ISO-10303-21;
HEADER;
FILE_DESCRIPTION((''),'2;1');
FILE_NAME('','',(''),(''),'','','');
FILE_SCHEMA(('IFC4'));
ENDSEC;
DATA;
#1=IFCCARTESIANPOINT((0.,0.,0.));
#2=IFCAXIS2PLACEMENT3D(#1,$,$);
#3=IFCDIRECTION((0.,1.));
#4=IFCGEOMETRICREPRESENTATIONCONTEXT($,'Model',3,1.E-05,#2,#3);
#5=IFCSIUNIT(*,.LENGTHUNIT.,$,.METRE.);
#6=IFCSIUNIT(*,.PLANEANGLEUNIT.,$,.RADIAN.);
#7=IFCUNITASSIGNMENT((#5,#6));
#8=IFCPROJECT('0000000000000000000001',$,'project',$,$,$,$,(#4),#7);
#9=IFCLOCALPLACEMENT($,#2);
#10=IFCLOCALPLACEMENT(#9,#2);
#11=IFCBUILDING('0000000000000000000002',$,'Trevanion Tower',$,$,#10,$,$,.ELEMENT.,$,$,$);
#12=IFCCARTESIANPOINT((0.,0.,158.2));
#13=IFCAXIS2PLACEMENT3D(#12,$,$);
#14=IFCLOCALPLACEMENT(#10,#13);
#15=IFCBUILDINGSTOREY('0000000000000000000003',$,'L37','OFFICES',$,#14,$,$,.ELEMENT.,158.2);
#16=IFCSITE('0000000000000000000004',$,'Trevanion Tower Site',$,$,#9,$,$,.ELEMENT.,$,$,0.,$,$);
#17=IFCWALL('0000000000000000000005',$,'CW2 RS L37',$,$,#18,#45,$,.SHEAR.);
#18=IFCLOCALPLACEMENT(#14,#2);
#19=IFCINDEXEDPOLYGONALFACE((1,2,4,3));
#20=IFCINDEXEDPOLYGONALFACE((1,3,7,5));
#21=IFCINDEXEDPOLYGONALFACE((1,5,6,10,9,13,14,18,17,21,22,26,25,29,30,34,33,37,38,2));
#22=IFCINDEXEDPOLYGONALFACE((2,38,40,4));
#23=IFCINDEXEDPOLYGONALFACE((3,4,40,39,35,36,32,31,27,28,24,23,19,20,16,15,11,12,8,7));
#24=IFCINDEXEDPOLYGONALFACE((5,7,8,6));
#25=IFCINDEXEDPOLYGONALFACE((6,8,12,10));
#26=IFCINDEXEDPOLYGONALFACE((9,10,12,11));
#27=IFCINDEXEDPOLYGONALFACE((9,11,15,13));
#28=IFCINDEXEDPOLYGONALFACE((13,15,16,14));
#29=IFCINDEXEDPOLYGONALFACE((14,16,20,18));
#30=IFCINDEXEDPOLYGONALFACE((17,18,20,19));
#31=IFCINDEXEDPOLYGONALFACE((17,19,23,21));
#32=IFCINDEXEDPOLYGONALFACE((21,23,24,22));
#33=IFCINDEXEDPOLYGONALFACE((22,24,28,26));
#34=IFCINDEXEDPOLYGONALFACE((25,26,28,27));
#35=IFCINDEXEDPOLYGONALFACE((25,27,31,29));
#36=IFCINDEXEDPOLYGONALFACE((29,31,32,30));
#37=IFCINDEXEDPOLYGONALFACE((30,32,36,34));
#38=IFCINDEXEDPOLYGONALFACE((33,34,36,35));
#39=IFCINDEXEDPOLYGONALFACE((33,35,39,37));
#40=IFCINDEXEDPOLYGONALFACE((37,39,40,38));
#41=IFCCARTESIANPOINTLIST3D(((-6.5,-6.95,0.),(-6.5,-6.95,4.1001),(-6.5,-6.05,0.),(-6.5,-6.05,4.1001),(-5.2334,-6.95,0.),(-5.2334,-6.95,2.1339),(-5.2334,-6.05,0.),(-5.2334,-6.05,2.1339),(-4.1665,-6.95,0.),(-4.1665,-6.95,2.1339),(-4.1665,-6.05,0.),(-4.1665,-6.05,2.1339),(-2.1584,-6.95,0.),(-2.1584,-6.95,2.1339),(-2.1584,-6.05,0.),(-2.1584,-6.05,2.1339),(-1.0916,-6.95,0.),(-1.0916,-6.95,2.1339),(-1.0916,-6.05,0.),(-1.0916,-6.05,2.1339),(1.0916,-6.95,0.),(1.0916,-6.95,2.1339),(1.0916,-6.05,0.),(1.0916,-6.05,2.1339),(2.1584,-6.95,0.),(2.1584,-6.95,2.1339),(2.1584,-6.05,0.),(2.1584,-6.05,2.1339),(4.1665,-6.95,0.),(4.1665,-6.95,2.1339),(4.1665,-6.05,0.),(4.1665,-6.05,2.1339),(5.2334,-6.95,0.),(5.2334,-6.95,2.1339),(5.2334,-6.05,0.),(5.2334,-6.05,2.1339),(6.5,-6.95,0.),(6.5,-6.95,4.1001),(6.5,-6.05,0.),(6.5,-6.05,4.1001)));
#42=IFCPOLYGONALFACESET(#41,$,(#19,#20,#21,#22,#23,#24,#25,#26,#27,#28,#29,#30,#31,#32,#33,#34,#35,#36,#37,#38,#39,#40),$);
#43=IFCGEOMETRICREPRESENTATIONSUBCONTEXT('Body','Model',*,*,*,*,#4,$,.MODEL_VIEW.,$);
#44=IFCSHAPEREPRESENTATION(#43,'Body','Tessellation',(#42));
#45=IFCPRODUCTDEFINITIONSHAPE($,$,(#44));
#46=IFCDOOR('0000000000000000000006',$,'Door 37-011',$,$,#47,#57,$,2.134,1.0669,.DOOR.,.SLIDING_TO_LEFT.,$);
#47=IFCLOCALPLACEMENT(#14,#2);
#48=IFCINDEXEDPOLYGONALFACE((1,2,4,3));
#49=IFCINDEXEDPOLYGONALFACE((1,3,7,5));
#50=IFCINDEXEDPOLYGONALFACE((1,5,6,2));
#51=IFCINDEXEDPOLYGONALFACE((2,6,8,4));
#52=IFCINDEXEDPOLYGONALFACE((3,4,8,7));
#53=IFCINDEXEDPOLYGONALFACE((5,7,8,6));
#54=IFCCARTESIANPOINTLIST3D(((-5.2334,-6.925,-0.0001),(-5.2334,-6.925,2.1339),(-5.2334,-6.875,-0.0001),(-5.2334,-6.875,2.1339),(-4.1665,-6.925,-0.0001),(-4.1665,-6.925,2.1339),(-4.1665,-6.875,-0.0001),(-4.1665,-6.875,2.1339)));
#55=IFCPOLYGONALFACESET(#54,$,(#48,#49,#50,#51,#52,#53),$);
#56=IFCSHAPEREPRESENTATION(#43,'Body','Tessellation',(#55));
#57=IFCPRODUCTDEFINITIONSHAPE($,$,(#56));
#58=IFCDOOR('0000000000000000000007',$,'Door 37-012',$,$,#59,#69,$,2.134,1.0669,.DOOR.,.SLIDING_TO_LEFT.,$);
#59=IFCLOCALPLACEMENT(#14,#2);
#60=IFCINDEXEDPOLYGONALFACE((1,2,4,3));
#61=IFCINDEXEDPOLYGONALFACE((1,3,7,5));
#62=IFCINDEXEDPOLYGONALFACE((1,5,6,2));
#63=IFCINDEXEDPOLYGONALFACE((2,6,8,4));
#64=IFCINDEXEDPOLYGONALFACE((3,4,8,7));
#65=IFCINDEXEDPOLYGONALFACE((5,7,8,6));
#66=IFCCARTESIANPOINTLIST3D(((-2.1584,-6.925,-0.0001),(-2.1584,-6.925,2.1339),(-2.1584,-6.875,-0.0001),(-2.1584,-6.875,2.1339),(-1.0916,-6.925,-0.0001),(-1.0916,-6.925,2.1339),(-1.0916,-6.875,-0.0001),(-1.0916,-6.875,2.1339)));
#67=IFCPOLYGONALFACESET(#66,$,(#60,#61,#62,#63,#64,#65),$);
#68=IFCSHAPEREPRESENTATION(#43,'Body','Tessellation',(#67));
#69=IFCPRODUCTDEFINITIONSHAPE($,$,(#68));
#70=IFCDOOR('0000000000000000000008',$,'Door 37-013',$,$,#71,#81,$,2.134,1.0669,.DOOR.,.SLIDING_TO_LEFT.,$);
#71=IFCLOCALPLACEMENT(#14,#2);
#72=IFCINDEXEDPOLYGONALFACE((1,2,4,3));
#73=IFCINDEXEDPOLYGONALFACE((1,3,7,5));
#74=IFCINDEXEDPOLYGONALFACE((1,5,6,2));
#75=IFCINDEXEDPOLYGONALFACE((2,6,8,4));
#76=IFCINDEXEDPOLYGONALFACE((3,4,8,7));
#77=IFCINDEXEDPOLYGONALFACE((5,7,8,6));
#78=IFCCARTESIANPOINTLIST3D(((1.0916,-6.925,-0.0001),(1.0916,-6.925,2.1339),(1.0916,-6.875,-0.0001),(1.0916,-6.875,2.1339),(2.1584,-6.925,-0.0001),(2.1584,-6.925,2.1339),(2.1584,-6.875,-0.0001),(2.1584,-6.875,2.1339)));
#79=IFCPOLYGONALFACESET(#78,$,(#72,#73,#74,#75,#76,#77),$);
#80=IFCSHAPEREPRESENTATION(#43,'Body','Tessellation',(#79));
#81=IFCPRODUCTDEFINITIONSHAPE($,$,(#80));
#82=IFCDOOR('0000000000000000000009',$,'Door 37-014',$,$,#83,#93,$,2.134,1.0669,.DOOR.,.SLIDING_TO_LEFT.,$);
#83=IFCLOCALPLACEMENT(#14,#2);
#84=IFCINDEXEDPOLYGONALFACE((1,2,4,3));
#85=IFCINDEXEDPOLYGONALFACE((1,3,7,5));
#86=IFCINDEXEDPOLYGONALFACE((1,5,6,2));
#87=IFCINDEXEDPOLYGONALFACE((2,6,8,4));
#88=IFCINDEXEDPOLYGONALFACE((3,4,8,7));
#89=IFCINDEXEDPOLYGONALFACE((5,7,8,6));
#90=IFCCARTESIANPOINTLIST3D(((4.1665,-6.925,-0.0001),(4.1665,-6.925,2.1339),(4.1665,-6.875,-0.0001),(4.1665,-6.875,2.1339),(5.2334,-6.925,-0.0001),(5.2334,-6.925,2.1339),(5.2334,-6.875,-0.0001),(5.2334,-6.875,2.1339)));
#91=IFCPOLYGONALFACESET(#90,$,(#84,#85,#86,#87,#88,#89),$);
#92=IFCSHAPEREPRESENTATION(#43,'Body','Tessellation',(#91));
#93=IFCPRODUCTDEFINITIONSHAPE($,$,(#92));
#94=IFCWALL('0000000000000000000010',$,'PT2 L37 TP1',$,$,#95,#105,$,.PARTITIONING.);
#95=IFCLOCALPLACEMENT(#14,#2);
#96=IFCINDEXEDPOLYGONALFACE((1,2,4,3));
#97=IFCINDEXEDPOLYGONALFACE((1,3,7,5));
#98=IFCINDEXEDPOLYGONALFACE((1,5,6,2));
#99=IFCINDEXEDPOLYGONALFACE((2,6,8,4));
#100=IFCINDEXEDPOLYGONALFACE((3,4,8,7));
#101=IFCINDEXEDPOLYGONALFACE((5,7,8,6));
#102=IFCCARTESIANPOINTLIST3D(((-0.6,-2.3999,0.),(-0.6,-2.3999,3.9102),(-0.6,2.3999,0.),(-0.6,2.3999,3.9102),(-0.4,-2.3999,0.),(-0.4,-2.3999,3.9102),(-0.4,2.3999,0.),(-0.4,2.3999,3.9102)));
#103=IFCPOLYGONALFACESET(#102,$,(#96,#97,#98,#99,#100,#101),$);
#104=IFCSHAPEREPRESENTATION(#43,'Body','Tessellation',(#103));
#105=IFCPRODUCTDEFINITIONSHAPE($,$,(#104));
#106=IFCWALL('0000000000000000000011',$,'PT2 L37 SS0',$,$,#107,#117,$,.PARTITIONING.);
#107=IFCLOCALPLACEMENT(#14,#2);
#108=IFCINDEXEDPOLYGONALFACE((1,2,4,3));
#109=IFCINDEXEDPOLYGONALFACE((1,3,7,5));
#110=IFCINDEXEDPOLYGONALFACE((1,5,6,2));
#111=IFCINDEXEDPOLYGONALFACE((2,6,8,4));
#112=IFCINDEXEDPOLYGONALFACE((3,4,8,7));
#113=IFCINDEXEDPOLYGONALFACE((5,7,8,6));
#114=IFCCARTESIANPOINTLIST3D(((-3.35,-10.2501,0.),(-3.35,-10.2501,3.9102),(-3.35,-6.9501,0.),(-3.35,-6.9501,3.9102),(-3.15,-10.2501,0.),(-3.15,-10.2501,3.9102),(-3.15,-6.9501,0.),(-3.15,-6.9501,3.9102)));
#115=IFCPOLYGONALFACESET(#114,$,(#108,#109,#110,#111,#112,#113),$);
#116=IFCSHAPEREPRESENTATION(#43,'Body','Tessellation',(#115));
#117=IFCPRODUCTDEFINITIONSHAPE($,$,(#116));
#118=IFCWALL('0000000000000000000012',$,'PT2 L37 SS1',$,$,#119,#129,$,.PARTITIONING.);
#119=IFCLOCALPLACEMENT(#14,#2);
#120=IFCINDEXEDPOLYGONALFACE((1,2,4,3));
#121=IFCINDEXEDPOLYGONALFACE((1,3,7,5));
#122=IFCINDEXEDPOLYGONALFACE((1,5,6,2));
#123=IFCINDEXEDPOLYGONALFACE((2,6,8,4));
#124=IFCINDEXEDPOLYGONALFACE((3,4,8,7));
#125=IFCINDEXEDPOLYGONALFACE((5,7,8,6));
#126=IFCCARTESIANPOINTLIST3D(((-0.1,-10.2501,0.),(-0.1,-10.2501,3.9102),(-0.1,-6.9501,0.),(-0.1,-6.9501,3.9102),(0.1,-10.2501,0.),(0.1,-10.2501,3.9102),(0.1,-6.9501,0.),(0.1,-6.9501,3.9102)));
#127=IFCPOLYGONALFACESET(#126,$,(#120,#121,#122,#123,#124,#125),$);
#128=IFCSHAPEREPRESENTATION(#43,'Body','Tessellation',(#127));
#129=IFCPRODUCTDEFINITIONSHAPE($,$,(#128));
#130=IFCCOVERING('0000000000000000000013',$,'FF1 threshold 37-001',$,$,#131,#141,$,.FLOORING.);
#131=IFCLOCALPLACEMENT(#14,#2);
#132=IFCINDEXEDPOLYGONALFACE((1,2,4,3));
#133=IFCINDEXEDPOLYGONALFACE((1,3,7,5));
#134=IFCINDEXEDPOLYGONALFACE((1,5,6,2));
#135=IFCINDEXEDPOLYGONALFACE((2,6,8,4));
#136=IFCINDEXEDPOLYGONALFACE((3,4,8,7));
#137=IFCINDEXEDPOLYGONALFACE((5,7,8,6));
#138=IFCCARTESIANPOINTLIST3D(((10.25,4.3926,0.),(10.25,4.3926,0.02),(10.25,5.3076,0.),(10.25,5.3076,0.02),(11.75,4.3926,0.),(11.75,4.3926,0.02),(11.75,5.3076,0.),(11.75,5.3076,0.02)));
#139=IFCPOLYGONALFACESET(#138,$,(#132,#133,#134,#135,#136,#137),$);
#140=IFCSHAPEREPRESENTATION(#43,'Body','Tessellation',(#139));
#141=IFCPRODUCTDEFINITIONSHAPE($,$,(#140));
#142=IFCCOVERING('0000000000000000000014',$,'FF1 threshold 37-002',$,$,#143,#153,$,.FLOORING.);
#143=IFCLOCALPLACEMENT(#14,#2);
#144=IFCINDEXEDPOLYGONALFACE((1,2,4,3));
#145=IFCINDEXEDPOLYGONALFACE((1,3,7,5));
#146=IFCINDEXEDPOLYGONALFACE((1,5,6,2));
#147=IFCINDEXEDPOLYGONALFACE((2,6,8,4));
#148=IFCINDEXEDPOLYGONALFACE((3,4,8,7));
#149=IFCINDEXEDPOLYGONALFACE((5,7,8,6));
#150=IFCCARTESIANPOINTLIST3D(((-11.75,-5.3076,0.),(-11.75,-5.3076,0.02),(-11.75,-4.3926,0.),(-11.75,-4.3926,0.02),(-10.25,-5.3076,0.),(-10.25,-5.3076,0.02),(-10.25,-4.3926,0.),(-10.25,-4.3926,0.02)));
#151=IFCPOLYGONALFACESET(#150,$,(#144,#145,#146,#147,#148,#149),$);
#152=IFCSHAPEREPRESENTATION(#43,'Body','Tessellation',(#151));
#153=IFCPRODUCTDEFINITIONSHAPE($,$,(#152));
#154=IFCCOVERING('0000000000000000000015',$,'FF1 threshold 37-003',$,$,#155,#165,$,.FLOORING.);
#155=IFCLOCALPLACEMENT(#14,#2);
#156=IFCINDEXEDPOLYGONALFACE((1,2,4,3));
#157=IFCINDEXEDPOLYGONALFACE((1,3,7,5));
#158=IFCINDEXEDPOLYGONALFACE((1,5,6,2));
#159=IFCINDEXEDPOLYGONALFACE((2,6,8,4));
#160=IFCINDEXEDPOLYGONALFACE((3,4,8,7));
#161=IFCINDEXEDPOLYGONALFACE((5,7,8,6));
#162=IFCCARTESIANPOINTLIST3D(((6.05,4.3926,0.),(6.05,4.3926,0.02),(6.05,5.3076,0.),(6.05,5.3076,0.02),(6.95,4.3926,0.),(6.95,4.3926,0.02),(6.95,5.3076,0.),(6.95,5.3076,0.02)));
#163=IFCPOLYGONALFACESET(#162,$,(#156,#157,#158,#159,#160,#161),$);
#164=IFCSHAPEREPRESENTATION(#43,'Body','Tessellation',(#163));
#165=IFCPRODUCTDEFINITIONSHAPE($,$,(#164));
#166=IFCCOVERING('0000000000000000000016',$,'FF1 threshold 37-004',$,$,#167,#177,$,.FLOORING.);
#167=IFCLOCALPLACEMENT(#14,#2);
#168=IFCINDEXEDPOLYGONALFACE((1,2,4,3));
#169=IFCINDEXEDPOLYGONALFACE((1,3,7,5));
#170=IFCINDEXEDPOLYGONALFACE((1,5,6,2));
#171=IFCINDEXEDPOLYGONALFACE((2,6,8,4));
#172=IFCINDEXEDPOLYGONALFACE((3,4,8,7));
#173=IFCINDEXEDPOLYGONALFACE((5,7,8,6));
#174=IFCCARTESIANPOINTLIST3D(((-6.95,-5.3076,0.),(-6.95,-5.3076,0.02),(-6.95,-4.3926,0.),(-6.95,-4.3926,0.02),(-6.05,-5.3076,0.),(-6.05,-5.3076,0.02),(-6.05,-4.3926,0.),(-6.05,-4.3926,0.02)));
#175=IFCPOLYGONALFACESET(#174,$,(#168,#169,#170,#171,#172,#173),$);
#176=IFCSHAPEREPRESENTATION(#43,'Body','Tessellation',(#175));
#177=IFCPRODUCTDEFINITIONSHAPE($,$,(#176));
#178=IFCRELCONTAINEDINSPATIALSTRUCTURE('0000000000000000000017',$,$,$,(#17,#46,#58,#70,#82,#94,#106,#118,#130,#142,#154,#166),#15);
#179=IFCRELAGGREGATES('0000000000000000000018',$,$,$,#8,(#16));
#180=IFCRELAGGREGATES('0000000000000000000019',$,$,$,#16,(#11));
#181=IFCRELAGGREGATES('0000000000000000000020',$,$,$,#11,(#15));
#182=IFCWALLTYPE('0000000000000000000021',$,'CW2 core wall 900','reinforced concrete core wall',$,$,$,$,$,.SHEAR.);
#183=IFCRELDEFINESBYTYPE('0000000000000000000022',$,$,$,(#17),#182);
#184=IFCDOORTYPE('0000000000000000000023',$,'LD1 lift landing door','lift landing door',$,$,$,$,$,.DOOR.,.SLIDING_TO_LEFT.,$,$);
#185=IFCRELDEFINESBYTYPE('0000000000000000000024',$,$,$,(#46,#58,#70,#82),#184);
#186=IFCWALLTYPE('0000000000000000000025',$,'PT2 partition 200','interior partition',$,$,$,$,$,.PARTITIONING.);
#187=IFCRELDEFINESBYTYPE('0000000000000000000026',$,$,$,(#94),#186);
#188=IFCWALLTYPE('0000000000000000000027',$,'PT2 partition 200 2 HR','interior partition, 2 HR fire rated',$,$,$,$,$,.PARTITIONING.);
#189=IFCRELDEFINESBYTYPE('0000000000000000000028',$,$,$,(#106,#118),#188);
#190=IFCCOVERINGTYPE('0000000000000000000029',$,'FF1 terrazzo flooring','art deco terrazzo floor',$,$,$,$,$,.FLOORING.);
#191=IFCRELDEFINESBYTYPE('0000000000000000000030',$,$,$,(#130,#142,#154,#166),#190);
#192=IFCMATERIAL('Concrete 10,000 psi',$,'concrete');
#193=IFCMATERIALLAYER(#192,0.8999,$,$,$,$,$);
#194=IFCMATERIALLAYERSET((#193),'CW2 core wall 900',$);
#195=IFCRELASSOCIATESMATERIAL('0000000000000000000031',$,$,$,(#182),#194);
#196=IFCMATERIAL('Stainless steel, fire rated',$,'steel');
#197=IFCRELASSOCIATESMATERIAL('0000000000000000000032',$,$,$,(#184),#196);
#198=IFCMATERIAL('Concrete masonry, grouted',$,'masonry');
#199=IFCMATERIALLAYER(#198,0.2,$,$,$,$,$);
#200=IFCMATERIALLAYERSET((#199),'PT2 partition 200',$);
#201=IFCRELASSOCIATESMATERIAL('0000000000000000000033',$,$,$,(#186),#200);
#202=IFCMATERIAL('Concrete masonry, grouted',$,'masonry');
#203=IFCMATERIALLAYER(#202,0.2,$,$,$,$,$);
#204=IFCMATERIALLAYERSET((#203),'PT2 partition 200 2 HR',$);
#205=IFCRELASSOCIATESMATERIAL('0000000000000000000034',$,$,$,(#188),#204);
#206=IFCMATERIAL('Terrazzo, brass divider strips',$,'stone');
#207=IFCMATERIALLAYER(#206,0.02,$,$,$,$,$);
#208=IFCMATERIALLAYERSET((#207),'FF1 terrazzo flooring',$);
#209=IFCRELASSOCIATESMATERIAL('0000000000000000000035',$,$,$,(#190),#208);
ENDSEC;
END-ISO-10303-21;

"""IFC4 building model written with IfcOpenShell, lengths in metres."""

from ifc_helpers import new_model, si_unit, direction, frame, frame_2d, origin, place, context, subcontext, project, spatial, polyline, rectangle, outline, extrude, material, layer, layer_set, type_object, element, fill, save


model = new_model("IFC4")

# Units and contexts
model_context = context("Model", 3, precision=1e-05, world=origin(), true_north=direction((0.0, 1.0)))
body_context = subcontext(model_context, "Body", "Model", "MODEL_VIEW")
ifc_project = project(units=[si_unit("LENGTHUNIT", "METRE"), si_unit("PLANEANGLEUNIT", "RADIAN")], contexts=[model_context])

# Site, building, storey
site_placement = place(None, origin())
site = spatial("IfcSite", under=ifc_project, at=site_placement, Name="Trevanion Tower Site", CompositionType="ELEMENT", RefElevation=0.0)
building_placement = place(site_placement, origin())
building = spatial("IfcBuilding", under=site, at=building_placement, Name="Trevanion Tower", CompositionType="ELEMENT")
storey_placement = place(building_placement, frame((0.0, 0.0, 158.2)))
storey = spatial("IfcBuildingStorey", under=building, at=storey_placement, Name="L37", Description="OFFICES", CompositionType="ELEMENT", Elevation=158.2)

# Wall, openings, doors
ifc_material_1 = material(Name="Concrete 10,000 psi", Category="concrete")
ifc_layer_1 = layer(ifc_material_1, 0.8999)
ifc_layer_set_1 = layer_set([ifc_layer_1], Name="CW2 core wall 900")
wall_type_1 = type_object("IfcWallType", Name="CW2 core wall 900", Description="reinforced concrete core wall", PredefinedType="SHEAR", material=ifc_layer_set_1)
wall_1_placement = place(storey_placement, frame((-6.5, -6.5, 0.0), z_axis=(0.0, 0.0, 1.0), x_axis=(1.0, 0.0, 0.0)))
wall_1 = element("IfcWall", 1, at=wall_1_placement, inside=storey, type_object=wall_type_1, Name="CW2 RS L37", PredefinedType="SHEAR", context=body_context, shape_type="SweptSolid", body=[
    extrude(rectangle(XDim=13.0, YDim=0.8999, at=frame_2d((6.5, 0.0))), origin(), (0.0, 0.0, 1.0), 4.1001),
])
opening_1_placement = place(wall_1_placement, frame((1.2666, 0.0, 0.0)))
opening_1 = element("IfcOpeningElement", 2, at=opening_1_placement, cuts=wall_1, PredefinedType="OPENING", context=body_context, shape_type="SweptSolid", body=[
    extrude(rectangle(XDim=1.0669, YDim=2.134, at=frame_2d((0.5334, 1.0669))), frame((0.0, 0.46, 0.0), z_axis=(0.0, -1.0, 0.0), x_axis=(1.0, 0.0, 0.0)), (0.0, 0.0, 1.0), 0.9199),
])
opening_2_placement = place(wall_1_placement, frame((4.3416, 0.0, 0.0)))
opening_2 = element("IfcOpeningElement", 3, at=opening_2_placement, cuts=wall_1, PredefinedType="OPENING", context=body_context, shape_type="SweptSolid", body=[
    extrude(rectangle(XDim=1.0669, YDim=2.134, at=frame_2d((0.5334, 1.0669))), frame((0.0, 0.46, 0.0), z_axis=(0.0, -1.0, 0.0), x_axis=(1.0, 0.0, 0.0)), (0.0, 0.0, 1.0), 0.9199),
])
opening_3_placement = place(wall_1_placement, frame((7.5916, 0.0, 0.0)))
opening_3 = element("IfcOpeningElement", 4, at=opening_3_placement, cuts=wall_1, PredefinedType="OPENING", context=body_context, shape_type="SweptSolid", body=[
    extrude(rectangle(XDim=1.0669, YDim=2.134, at=frame_2d((0.5334, 1.0669))), frame((0.0, 0.46, 0.0), z_axis=(0.0, -1.0, 0.0), x_axis=(1.0, 0.0, 0.0)), (0.0, 0.0, 1.0), 0.9199),
])
opening_4_placement = place(wall_1_placement, frame((10.6665, 0.0, 0.0)))
opening_4 = element("IfcOpeningElement", 5, at=opening_4_placement, cuts=wall_1, PredefinedType="OPENING", context=body_context, shape_type="SweptSolid", body=[
    extrude(rectangle(XDim=1.0669, YDim=2.134, at=frame_2d((0.5334, 1.0669))), frame((0.0, 0.46, 0.0), z_axis=(0.0, -1.0, 0.0), x_axis=(1.0, 0.0, 0.0)), (0.0, 0.0, 1.0), 0.9199),
])
ifc_material_2 = material(Name="Stainless steel, fire rated", Category="steel")
door_type = type_object("IfcDoorType", Name="LD1 lift landing door", Description="lift landing door", OperationType="SLIDING_TO_LEFT", PredefinedType="DOOR", material=ifc_material_2)
door_1_placement = place(opening_1_placement, origin())
door_1 = element("IfcDoor", 6, at=door_1_placement, inside=storey, type_object=door_type, Name="Door 37-011", OperationType="SLIDING_TO_LEFT", OverallHeight=2.134, OverallWidth=1.0669, PredefinedType="DOOR", context=body_context, shape_type="SweptSolid", body=[
    extrude(rectangle(XDim=1.0669, YDim=2.134, at=frame_2d((0.5334, 1.0669))), frame((0.0, -0.375, 0.0), z_axis=(0.0, -1.0, 0.0), x_axis=(1.0, 0.0, 0.0)), (0.0, 0.0, 1.0), 0.05),
])
fill(opening_1, door_1)
door_2_placement = place(opening_2_placement, origin())
door_2 = element("IfcDoor", 7, at=door_2_placement, inside=storey, type_object=door_type, Name="Door 37-012", OperationType="SLIDING_TO_LEFT", OverallHeight=2.134, OverallWidth=1.0669, PredefinedType="DOOR", context=body_context, shape_type="SweptSolid", body=[
    extrude(rectangle(XDim=1.0669, YDim=2.134, at=frame_2d((0.5334, 1.0669))), frame((0.0, -0.375, 0.0), z_axis=(0.0, -1.0, 0.0), x_axis=(1.0, 0.0, 0.0)), (0.0, 0.0, 1.0), 0.05),
])
fill(opening_2, door_2)
door_3_placement = place(opening_3_placement, origin())
door_3 = element("IfcDoor", 8, at=door_3_placement, inside=storey, type_object=door_type, Name="Door 37-013", OperationType="SLIDING_TO_LEFT", OverallHeight=2.134, OverallWidth=1.0669, PredefinedType="DOOR", context=body_context, shape_type="SweptSolid", body=[
    extrude(rectangle(XDim=1.0669, YDim=2.134, at=frame_2d((0.5334, 1.0669))), frame((0.0, -0.375, 0.0), z_axis=(0.0, -1.0, 0.0), x_axis=(1.0, 0.0, 0.0)), (0.0, 0.0, 1.0), 0.05),
])
fill(opening_3, door_3)
door_4_placement = place(opening_4_placement, origin())
door_4 = element("IfcDoor", 9, at=door_4_placement, inside=storey, type_object=door_type, Name="Door 37-014", OperationType="SLIDING_TO_LEFT", OverallHeight=2.134, OverallWidth=1.0669, PredefinedType="DOOR", context=body_context, shape_type="SweptSolid", body=[
    extrude(rectangle(XDim=1.0669, YDim=2.134, at=frame_2d((0.5334, 1.0669))), frame((0.0, -0.375, 0.0), z_axis=(0.0, -1.0, 0.0), x_axis=(1.0, 0.0, 0.0)), (0.0, 0.0, 1.0), 0.05),
])
fill(opening_4, door_4)

# Walls
ifc_material_3 = material(Name="Concrete masonry, grouted", Category="masonry")
ifc_layer_2 = layer(ifc_material_3, 0.2)
ifc_layer_set_2 = layer_set([ifc_layer_2], Name="PT2 partition 200")
wall_type_2 = type_object("IfcWallType", Name="PT2 partition 200", Description="interior partition", PredefinedType="PARTITIONING", material=ifc_layer_set_2)
wall_2_placement = place(storey_placement, frame((-0.5, -2.3999, 0.0), z_axis=(0.0, 0.0, 1.0), x_axis=(0.0, 1.0, 0.0)))
element("IfcWall", 10, at=wall_2_placement, inside=storey, type_object=wall_type_2, Name="PT2 L37 TP1", PredefinedType="PARTITIONING", context=body_context, shape_type="SweptSolid", body=[
    extrude(rectangle(XDim=4.7998, YDim=0.2, at=frame_2d((2.3999, 0.0))), origin(), (0.0, 0.0, 1.0), 3.9102),
])
ifc_material_4 = material(Name="Concrete masonry, grouted", Category="masonry")
ifc_layer_3 = layer(ifc_material_4, 0.2)
ifc_layer_set_3 = layer_set([ifc_layer_3], Name="PT2 partition 200 2 HR")
wall_type_3 = type_object("IfcWallType", Name="PT2 partition 200 2 HR", Description="interior partition, 2 HR fire rated", PredefinedType="PARTITIONING", material=ifc_layer_set_3)
for number, where, z_axis, x_axis, name in (
    (11, (-3.25, -10.25, 0.0), (0.0, 0.0, 1.0), (0.0, 1.0, 0.0), "PT2 L37 SS0"),
    (12, (0.0, -10.25, 0.0), (0.0, 0.0, 1.0), (0.0, 1.0, 0.0), "PT2 L37 SS1"),
):
    element("IfcWall", number, at=place(storey_placement, frame(where, z_axis=z_axis, x_axis=x_axis)), inside=storey, type_object=wall_type_3, Name=name, PredefinedType="PARTITIONING", context=body_context, shape_type="SweptSolid", body=[
        extrude(rectangle(XDim=3.3, YDim=0.2, at=frame_2d((1.6499, 0.0))), origin(), (0.0, 0.0, 1.0), 3.9102),
    ])

# Coverings
ifc_material_5 = material(Name="Terrazzo, brass divider strips", Category="stone")
ifc_layer_4 = layer(ifc_material_5, 0.02)
ifc_layer_set_4 = layer_set([ifc_layer_4], Name="FF1 terrazzo flooring")
covering_type = type_object("IfcCoveringType", Name="FF1 terrazzo flooring", Description="art deco terrazzo floor", PredefinedType="FLOORING", material=ifc_layer_set_4)
covering_1_placement = place(storey_placement, origin())
element("IfcCovering", 13, at=covering_1_placement, inside=storey, type_object=covering_type, Name="FF1 threshold 37-001", PredefinedType="FLOORING", context=body_context, shape_type="SweptSolid", body=[
    extrude(outline(polyline([(11.75, 4.3926), (11.75, 5.3076), (10.25, 5.3076), (10.25, 4.3926), (11.75, 4.3926)])), origin(), (0.0, 0.0, 1.0), 0.02),
])
covering_2_placement = place(storey_placement, origin())
element("IfcCovering", 14, at=covering_2_placement, inside=storey, type_object=covering_type, Name="FF1 threshold 37-002", PredefinedType="FLOORING", context=body_context, shape_type="SweptSolid", body=[
    extrude(outline(polyline([(-11.75, -4.3926), (-11.75, -5.3076), (-10.25, -5.3076), (-10.25, -4.3926), (-11.75, -4.3926)])), origin(), (0.0, 0.0, 1.0), 0.02),
])
covering_3_placement = place(storey_placement, origin())
element("IfcCovering", 15, at=covering_3_placement, inside=storey, type_object=covering_type, Name="FF1 threshold 37-003", PredefinedType="FLOORING", context=body_context, shape_type="SweptSolid", body=[
    extrude(outline(polyline([(6.95, 4.3926), (6.95, 5.3076), (6.05, 5.3076), (6.05, 4.3926), (6.95, 4.3926)])), origin(), (0.0, 0.0, 1.0), 0.02),
])
covering_4_placement = place(storey_placement, origin())
element("IfcCovering", 16, at=covering_4_placement, inside=storey, type_object=covering_type, Name="FF1 threshold 37-004", PredefinedType="FLOORING", context=body_context, shape_type="SweptSolid", body=[
    extrude(outline(polyline([(-6.95, -4.3926), (-6.95, -5.3076), (-6.05, -5.3076), (-6.05, -4.3926), (-6.95, -4.3926)])), origin(), (0.0, 0.0, 1.0), 0.02),
])

save(model, "model.ifc")
